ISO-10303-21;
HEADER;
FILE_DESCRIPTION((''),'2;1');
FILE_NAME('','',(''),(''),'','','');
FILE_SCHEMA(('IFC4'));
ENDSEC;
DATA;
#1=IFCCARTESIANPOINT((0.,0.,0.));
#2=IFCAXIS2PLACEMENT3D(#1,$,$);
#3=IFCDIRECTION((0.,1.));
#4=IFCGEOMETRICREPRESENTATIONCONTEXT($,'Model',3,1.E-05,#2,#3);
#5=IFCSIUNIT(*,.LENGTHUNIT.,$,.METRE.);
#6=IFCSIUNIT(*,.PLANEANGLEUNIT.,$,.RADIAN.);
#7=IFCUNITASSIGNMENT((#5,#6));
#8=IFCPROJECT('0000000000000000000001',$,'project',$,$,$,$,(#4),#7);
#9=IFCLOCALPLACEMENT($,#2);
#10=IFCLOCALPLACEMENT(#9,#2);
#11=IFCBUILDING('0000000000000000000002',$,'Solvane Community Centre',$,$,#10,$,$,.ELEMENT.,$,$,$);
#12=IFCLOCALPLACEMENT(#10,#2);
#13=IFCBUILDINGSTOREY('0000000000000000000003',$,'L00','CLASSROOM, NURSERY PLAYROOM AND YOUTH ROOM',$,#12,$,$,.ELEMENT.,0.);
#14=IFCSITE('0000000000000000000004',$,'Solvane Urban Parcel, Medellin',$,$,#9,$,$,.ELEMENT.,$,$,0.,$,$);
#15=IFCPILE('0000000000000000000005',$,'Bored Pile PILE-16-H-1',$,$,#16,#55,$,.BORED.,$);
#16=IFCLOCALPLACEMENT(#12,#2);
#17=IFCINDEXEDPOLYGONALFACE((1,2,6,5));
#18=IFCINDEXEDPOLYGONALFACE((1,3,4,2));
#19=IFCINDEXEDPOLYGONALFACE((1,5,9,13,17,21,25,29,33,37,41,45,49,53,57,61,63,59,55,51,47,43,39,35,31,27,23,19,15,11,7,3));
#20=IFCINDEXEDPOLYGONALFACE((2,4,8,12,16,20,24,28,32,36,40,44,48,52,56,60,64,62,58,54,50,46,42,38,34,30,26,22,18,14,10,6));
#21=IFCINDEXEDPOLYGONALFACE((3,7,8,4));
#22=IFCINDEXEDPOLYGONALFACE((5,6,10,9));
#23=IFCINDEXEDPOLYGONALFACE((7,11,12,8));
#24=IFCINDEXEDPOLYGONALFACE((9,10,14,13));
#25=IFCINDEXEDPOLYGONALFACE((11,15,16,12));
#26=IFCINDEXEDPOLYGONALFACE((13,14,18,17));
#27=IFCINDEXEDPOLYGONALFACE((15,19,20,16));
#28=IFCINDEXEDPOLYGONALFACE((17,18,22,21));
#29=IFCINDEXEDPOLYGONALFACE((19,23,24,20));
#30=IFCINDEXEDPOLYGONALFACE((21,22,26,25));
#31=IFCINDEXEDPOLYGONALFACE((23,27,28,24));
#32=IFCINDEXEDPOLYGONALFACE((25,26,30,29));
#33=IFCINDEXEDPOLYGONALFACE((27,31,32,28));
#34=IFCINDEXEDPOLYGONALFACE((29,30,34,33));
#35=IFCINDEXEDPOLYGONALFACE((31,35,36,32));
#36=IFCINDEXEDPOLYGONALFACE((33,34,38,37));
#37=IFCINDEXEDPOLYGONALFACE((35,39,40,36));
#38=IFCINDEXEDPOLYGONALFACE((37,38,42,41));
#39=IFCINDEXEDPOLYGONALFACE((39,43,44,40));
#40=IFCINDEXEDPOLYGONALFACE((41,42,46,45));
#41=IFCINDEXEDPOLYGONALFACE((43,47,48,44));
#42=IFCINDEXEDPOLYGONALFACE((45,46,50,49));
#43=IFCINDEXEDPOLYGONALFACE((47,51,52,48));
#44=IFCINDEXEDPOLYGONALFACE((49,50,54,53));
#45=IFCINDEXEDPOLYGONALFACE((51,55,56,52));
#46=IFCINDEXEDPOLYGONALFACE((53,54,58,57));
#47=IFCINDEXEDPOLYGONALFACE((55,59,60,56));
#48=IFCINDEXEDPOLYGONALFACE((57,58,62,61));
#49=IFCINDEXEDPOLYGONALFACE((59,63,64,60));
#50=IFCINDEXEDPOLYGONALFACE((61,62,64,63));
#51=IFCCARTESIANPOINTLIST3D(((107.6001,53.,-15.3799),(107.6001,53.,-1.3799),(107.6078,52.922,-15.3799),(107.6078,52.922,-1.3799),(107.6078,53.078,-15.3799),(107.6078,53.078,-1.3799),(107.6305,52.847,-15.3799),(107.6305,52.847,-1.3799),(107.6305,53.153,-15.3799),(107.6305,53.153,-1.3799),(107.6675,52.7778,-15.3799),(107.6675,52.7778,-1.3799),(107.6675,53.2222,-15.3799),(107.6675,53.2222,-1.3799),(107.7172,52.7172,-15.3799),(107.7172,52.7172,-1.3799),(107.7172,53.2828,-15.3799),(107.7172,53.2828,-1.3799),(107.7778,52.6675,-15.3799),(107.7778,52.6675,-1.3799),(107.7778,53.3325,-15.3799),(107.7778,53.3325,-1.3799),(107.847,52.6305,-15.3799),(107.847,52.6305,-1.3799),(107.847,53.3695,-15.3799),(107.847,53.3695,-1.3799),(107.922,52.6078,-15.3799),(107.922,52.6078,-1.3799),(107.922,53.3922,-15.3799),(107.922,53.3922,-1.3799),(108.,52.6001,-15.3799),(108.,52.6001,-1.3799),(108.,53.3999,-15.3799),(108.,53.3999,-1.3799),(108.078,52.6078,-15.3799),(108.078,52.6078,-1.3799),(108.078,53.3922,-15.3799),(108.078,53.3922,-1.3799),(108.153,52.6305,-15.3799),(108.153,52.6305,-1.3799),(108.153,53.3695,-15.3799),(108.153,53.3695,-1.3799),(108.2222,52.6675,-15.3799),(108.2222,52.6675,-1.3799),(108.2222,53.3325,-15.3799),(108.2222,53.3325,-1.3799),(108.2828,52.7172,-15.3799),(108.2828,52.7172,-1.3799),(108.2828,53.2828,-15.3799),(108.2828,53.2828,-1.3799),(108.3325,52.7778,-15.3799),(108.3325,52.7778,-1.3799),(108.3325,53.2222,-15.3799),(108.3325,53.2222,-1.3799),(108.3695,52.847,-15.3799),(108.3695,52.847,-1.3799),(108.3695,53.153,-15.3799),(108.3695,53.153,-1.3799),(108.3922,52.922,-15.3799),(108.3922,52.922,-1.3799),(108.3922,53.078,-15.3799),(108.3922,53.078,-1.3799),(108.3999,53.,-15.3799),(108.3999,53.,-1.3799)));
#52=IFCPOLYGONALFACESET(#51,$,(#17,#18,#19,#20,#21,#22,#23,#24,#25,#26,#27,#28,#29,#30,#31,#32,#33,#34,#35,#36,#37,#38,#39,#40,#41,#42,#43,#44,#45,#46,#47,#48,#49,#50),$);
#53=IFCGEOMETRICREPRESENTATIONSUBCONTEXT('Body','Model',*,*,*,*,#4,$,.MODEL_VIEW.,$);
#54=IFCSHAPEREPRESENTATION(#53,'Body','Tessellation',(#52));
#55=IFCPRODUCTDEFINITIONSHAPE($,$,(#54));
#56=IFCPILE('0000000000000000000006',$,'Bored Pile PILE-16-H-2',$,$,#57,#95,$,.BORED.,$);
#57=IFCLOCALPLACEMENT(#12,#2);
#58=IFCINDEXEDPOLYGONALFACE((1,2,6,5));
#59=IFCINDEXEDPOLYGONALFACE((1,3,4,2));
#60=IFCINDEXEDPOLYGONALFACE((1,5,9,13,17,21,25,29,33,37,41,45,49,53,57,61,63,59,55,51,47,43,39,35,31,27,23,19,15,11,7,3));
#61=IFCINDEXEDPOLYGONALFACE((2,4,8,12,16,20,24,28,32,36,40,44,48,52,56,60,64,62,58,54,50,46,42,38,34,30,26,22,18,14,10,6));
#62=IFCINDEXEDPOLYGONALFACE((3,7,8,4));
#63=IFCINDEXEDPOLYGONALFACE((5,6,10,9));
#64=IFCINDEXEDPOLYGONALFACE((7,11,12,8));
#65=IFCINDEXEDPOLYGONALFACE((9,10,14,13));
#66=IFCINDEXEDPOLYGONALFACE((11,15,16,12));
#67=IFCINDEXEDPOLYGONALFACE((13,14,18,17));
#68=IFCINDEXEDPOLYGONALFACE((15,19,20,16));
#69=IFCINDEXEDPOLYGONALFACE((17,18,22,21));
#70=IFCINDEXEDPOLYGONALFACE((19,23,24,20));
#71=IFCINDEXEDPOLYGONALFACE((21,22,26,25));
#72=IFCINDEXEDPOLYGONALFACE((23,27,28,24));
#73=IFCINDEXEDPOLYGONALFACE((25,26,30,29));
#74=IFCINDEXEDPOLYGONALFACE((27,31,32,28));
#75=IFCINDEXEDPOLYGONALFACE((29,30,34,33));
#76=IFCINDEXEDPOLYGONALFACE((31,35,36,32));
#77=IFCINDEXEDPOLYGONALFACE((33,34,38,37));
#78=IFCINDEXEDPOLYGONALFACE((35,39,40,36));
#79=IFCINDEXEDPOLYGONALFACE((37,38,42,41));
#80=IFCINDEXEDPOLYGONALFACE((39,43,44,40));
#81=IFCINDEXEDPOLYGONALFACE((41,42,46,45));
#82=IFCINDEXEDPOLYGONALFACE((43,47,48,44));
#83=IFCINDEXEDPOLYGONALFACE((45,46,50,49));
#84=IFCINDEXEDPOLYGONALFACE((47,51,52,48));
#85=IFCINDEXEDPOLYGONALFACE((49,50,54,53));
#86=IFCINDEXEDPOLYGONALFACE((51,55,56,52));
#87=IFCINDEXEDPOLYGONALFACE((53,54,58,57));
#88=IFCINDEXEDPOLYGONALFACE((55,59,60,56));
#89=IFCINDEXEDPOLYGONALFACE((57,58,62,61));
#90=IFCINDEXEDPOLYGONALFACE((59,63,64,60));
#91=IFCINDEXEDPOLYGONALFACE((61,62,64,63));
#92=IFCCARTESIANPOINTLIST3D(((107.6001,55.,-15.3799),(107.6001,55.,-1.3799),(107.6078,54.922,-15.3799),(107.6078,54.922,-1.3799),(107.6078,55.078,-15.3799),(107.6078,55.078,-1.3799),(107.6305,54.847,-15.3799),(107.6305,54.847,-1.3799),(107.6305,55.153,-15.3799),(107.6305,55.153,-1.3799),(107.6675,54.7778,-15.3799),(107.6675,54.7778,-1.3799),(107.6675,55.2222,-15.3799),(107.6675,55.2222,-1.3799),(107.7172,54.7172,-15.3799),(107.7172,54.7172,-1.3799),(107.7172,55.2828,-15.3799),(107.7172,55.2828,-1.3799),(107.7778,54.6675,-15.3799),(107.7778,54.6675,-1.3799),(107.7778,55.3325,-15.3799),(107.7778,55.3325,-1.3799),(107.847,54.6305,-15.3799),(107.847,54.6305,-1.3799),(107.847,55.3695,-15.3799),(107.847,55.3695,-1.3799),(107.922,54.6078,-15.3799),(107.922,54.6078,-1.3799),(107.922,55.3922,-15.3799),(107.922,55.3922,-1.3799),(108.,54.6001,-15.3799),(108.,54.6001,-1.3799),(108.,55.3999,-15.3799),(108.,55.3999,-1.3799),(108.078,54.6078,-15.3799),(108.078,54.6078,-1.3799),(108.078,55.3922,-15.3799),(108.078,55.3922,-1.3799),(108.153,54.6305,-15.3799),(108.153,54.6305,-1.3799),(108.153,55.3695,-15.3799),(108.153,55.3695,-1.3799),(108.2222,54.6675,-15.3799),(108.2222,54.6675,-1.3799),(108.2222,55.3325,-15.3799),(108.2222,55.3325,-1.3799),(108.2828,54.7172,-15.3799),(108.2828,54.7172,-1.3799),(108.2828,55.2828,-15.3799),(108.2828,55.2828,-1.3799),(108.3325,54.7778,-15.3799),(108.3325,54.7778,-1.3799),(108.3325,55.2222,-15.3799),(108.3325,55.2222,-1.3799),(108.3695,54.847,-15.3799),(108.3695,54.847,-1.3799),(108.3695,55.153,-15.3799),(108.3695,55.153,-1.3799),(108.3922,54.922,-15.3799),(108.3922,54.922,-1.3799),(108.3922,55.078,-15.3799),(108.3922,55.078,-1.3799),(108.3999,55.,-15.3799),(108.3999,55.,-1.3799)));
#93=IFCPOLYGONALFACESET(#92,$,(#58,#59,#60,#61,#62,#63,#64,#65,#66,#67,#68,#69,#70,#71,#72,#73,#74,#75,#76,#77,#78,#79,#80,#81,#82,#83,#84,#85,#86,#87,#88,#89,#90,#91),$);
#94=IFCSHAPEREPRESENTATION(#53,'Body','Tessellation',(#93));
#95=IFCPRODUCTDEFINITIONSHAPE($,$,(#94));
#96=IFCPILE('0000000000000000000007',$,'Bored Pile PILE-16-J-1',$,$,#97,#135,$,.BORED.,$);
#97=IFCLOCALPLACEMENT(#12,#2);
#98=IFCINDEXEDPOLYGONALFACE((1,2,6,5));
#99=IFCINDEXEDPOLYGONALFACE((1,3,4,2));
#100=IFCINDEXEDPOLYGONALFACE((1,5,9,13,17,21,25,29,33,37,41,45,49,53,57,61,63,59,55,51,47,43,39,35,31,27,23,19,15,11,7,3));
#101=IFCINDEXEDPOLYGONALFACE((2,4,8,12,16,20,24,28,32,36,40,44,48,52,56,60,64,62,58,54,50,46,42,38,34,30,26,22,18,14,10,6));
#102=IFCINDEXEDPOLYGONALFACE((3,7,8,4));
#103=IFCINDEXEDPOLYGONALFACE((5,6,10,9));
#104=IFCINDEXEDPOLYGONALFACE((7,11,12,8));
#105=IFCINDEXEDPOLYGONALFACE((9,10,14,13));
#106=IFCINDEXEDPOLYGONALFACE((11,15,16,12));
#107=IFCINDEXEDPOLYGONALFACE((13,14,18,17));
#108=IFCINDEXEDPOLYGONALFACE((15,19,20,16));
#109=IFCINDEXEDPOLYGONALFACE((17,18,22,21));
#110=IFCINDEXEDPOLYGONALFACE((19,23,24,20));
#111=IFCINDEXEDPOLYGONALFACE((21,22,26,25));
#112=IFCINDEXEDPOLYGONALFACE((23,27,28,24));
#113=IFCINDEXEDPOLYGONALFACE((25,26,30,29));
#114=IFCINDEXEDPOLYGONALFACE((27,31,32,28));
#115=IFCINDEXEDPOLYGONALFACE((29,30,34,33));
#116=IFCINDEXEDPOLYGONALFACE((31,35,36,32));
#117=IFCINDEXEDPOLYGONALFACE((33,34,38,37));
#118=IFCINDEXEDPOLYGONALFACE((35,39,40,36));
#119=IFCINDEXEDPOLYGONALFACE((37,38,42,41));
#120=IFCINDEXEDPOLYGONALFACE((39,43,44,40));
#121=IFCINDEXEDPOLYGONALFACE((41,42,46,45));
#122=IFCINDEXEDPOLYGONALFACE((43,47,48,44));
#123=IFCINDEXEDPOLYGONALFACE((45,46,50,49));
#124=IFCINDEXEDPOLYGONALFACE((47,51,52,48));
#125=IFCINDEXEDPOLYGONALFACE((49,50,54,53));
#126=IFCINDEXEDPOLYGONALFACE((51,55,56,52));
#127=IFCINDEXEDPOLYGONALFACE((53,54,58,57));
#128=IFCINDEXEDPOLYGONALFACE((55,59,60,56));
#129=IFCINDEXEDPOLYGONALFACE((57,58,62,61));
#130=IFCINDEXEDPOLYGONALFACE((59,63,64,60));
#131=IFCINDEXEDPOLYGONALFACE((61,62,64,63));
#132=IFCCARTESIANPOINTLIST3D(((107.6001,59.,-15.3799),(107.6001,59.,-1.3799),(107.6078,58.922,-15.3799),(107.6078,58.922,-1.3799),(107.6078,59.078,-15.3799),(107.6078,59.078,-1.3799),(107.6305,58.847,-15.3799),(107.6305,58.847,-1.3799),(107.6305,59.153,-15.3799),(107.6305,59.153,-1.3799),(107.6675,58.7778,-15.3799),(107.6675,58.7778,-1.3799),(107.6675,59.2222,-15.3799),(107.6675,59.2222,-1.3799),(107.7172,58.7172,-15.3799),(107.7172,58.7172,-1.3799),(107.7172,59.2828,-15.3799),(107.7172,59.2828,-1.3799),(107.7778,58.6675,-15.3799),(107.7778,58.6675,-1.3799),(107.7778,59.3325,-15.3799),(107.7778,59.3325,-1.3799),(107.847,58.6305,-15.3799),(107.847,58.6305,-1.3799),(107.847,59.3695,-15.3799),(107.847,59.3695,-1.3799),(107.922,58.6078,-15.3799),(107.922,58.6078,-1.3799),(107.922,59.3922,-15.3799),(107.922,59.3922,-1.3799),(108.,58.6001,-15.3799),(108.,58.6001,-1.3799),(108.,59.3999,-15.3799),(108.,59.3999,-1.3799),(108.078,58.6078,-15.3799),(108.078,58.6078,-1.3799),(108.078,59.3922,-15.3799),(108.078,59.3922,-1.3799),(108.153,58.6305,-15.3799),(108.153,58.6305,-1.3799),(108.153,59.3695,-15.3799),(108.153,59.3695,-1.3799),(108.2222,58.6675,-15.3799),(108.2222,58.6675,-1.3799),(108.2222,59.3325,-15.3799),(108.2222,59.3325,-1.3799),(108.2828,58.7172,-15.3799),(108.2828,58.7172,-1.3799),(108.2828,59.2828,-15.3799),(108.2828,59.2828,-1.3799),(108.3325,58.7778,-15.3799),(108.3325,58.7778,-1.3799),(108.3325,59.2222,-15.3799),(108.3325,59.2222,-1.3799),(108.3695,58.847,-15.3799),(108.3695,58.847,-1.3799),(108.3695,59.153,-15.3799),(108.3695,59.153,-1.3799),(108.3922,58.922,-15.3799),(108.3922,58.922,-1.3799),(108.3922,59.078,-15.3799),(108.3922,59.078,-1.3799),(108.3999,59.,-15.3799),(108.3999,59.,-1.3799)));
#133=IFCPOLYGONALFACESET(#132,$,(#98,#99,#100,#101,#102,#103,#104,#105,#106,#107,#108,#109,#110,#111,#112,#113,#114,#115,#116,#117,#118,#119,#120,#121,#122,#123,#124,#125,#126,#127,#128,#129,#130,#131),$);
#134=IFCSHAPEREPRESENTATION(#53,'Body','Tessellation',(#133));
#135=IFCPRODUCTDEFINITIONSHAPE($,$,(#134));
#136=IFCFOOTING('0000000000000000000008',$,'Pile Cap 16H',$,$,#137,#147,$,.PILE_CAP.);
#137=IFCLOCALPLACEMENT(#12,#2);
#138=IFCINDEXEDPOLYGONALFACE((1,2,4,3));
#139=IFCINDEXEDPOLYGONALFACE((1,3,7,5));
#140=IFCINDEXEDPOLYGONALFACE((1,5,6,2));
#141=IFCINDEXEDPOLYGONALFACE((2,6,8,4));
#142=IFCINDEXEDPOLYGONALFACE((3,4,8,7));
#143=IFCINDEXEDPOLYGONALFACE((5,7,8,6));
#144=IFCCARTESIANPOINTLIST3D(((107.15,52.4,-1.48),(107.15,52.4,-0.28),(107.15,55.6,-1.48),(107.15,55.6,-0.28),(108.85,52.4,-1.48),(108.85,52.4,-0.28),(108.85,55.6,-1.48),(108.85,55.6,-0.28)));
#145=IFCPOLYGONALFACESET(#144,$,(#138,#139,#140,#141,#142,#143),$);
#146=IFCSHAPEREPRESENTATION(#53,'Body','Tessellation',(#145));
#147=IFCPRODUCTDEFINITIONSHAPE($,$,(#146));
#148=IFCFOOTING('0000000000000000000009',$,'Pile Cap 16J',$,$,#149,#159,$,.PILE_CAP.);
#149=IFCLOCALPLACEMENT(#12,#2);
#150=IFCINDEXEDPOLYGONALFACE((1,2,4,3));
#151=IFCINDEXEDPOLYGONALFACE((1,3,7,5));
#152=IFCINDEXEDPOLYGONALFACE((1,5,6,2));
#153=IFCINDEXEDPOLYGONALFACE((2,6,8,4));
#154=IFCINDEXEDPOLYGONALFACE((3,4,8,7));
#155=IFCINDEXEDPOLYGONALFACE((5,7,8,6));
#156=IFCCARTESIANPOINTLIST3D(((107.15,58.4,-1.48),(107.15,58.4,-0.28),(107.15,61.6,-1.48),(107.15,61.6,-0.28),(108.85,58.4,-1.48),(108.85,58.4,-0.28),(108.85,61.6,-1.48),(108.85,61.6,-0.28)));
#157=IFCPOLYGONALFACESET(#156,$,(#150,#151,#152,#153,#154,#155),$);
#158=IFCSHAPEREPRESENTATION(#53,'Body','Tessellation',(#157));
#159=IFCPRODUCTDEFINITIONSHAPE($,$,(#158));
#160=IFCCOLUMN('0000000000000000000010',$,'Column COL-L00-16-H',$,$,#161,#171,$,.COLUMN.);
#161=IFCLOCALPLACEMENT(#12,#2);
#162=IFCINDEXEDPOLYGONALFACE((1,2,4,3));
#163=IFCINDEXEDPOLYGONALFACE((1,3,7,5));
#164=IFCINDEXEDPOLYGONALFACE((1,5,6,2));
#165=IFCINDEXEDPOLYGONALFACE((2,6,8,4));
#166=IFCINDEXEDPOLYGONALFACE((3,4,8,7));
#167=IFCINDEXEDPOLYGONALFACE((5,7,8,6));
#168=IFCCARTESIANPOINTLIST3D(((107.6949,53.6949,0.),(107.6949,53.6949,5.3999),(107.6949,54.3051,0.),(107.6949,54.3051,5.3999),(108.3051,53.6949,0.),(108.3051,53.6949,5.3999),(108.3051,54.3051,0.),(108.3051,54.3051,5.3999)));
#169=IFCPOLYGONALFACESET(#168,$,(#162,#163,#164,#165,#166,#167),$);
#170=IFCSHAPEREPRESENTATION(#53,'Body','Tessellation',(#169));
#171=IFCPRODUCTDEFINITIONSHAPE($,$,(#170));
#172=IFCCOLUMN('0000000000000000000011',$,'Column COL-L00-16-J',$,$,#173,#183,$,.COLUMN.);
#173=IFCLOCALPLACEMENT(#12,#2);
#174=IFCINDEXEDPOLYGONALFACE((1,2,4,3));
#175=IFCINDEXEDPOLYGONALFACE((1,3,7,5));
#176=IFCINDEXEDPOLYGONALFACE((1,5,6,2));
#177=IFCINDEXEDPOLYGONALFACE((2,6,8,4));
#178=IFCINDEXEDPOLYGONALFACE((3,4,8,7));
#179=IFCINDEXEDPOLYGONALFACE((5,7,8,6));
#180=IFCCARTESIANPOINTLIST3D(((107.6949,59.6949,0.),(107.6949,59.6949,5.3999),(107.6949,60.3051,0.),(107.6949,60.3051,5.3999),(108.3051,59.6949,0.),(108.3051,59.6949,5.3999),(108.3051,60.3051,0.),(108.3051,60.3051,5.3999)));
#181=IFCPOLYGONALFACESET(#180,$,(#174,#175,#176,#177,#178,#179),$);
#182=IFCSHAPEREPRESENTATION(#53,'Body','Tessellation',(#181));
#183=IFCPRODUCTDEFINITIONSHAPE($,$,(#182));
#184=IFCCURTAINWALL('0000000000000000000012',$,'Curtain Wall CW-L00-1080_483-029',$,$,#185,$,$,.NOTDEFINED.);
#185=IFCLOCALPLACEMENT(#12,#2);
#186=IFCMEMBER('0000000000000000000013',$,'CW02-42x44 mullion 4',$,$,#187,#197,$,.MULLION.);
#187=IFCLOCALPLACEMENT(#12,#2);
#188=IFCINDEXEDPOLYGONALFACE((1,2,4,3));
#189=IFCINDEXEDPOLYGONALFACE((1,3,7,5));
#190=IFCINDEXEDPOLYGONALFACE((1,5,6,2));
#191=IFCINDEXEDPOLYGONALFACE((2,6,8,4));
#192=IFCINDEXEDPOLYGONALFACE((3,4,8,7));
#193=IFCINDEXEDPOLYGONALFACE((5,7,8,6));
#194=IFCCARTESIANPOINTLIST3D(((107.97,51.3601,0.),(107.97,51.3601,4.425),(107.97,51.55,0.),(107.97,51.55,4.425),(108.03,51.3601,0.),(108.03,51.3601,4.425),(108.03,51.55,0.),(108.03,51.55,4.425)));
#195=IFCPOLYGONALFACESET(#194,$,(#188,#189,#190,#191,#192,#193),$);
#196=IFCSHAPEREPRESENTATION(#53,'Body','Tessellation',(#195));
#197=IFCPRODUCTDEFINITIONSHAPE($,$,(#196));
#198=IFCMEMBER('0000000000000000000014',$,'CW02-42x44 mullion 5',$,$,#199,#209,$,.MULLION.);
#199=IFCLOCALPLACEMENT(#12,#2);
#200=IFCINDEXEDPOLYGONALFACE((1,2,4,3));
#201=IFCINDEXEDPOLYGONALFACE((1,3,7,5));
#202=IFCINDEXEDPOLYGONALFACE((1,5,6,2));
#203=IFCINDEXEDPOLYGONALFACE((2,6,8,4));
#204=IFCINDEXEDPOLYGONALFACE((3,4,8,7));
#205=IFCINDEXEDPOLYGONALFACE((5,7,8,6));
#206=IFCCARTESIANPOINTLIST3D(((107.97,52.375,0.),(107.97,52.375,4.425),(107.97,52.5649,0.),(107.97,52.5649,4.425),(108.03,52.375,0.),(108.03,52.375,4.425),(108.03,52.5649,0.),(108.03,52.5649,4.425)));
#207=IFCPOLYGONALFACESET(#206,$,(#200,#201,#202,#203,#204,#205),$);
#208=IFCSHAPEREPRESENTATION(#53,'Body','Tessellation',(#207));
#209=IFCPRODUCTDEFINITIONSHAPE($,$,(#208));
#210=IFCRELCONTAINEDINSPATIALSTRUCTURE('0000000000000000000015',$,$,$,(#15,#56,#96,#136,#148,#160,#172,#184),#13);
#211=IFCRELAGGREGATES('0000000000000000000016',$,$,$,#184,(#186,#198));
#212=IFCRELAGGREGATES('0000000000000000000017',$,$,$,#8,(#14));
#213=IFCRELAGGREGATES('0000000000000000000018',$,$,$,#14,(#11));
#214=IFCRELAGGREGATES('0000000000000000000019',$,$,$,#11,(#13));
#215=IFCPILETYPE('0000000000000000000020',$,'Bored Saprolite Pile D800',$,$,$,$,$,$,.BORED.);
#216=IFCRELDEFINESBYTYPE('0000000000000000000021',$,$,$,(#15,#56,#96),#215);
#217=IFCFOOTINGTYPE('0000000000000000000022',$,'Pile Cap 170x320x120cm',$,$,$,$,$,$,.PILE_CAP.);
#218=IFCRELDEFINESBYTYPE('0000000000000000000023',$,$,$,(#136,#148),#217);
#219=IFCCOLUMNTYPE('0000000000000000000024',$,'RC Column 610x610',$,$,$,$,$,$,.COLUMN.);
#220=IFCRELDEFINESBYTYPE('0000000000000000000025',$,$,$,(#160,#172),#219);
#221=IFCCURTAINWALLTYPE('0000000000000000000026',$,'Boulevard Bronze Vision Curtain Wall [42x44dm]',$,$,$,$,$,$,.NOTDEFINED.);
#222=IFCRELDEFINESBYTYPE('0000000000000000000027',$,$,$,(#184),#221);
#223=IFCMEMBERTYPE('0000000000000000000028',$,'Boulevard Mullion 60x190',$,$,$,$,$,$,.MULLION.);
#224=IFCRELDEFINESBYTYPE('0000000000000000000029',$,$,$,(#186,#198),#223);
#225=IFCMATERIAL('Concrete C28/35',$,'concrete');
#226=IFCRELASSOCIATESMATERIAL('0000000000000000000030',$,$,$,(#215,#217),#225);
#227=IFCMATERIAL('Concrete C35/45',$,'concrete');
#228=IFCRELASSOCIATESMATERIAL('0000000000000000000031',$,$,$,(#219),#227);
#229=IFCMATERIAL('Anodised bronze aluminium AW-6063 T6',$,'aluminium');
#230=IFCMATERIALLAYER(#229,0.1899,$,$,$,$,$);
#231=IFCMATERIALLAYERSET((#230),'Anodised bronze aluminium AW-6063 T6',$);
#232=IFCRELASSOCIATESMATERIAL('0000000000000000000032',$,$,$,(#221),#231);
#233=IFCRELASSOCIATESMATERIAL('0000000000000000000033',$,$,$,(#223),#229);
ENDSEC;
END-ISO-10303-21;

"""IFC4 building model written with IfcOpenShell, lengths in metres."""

from ifc_helpers import new_model, si_unit, direction, frame, origin, origin_2d, place, context, subcontext, project, spatial, rectangle, circle, extrude, material, layer, layer_set, material_profile, profile_set, type_object, element, aggregate, save


model = new_model("IFC4")

# Units and contexts
model_context = context("Model", 3, precision=1e-05, world=origin(), true_north=direction((0.0, 1.0)))
body_context = subcontext(model_context, "Body", "Model", "MODEL_VIEW")
ifc_project = project(units=[si_unit("LENGTHUNIT", "METRE"), si_unit("PLANEANGLEUNIT", "RADIAN")], contexts=[model_context])

# Site, building, storey
site_placement = place(None, origin())
site = spatial("IfcSite", under=ifc_project, at=site_placement, Name="Solvane Urban Parcel, Medellin", CompositionType="ELEMENT", RefElevation=0.0)
building_placement = place(site_placement, origin())
building = spatial("IfcBuilding", under=site, at=building_placement, Name="Solvane Community Centre", CompositionType="ELEMENT")
storey_placement = place(building_placement, origin())
storey = spatial("IfcBuildingStorey", under=building, at=storey_placement, Name="L00", Description="CLASSROOM, NURSERY PLAYROOM AND YOUTH ROOM", CompositionType="ELEMENT", Elevation=0.0)

# Piles
ifc_material_1 = material(Name="Concrete C28/35", Category="concrete")
ifc_material_profile_1 = material_profile(ifc_material_1, circle(Radius=0.3999, at=origin_2d()), Name="PILE D800")
ifc_profile_set_1 = profile_set([ifc_material_profile_1], Name="Concrete C28/35")
pile_type = type_object("IfcPileType", Name="Bored Saprolite Pile D800", PredefinedType="BORED", material=ifc_profile_set_1)
for number, where, z_axis, x_axis, name in (
    (1, (108.0, 53.0, -1.3799), (0.0, 0.0, -1.0), (1.0, 0.0, 0.0), "Bored Pile PILE-16-H-1"),
    (2, (108.0, 55.0, -1.3799), (0.0, 0.0, -1.0), (1.0, 0.0, 0.0), "Bored Pile PILE-16-H-2"),
    (3, (108.0, 59.0, -1.3799), (0.0, 0.0, -1.0), (1.0, 0.0, 0.0), "Bored Pile PILE-16-J-1"),
):
    element("IfcPile", number, at=place(storey_placement, frame(where, z_axis=z_axis, x_axis=x_axis)), inside=storey, type_object=pile_type, Name=name, PredefinedType="BORED", context=body_context, shape_type="SweptSolid", body=[
        extrude(circle(Radius=0.3999, at=origin_2d()), origin(), (0.0, 0.0, 1.0), 14.0),
    ])

# Footings
footing_type = type_object("IfcFootingType", Name="Pile Cap 170x320x120cm", PredefinedType="PILE_CAP", material=ifc_material_1)
for number, where, z_axis, x_axis, name in (
    (4, (108.0, 54.0, -1.48), (0.0, 0.0, 1.0), (1.0, 0.0, 0.0), "Pile Cap 16H"),
    (5, (108.0, 60.0, -1.48), (0.0, 0.0, 1.0), (1.0, 0.0, 0.0), "Pile Cap 16J"),
):
    element("IfcFooting", number, at=place(storey_placement, frame(where, z_axis=z_axis, x_axis=x_axis)), inside=storey, type_object=footing_type, Name=name, PredefinedType="PILE_CAP", context=body_context, shape_type="SweptSolid", body=[
        extrude(rectangle(XDim=1.7, YDim=3.2, at=origin_2d()), origin(), (0.0, 0.0, 1.0), 1.2),
    ])

# Columns
ifc_material_2 = material(Name="Concrete C35/45", Category="concrete")
ifc_material_profile_2 = material_profile(ifc_material_2, rectangle(XDim=0.6101, YDim=0.6101, at=origin_2d()), Name="RC 610x610")
ifc_profile_set_2 = profile_set([ifc_material_profile_2], Name="Concrete C35/45")
column_type = type_object("IfcColumnType", Name="RC Column 610x610", PredefinedType="COLUMN", material=ifc_profile_set_2)
for number, where, z_axis, x_axis, name in (
    (6, (108.0, 54.0, 0.0), (0.0, 0.0, 1.0), (1.0, 0.0, 0.0), "Column COL-L00-16-H"),
    (7, (108.0, 60.0, 0.0), (0.0, 0.0, 1.0), (1.0, 0.0, 0.0), "Column COL-L00-16-J"),
):
    element("IfcColumn", number, at=place(storey_placement, frame(where, z_axis=z_axis, x_axis=x_axis)), inside=storey, type_object=column_type, Name=name, PredefinedType="COLUMN", context=body_context, shape_type="SweptSolid", body=[
        extrude(rectangle(XDim=0.6101, YDim=0.6101, at=origin_2d()), origin(), (0.0, 0.0, 1.0), 5.3999),
    ])

# Curtain wall, members
ifc_material_3 = material(Name="Anodised bronze aluminium AW-6063 T6", Category="aluminium")
ifc_layer_1 = layer(ifc_material_3, 0.1899)
ifc_layer_set_1 = layer_set([ifc_layer_1], Name="Anodised bronze aluminium AW-6063 T6")
curtain_wall_type = type_object("IfcCurtainWallType", Name="Boulevard Bronze Vision Curtain Wall [42x44dm]", PredefinedType="NOTDEFINED", material=ifc_layer_set_1)
curtain_wall_placement = place(storey_placement, origin())
curtain_wall = element("IfcCurtainWall", 8, at=curtain_wall_placement, inside=storey, type_object=curtain_wall_type, Name="Curtain Wall CW-L00-1080_483-029", PredefinedType="NOTDEFINED")
ifc_material_profile_3 = material_profile(ifc_material_3, rectangle(XDim=0.0601, YDim=0.1899, at=origin_2d()), Name="CW-M 60x190")
ifc_profile_set_3 = profile_set([ifc_material_profile_3], Name="Anodised bronze aluminium AW-6063 T6")
member_type_1 = type_object("IfcMemberType", Name="Boulevard Mullion 60x190", PredefinedType="MULLION", material=ifc_profile_set_3)
member_1_placement = place(storey_placement, frame((108.0, 51.4551, 0.0), z_axis=(0.0, 0.0, 1.0), x_axis=(-1.0, 0.0, 0.0)))
member_1 = element("IfcMember", 9, at=member_1_placement, type_object=member_type_1, Name="CW02-42x44 mullion 4", PredefinedType="MULLION", context=body_context, shape_type="SweptSolid", body=[
    extrude(rectangle(XDim=0.0601, YDim=0.1899, at=origin_2d()), origin(), (0.0, 0.0, 1.0), 4.425),
])
member_2_placement = place(storey_placement, frame((108.0, 52.47, 0.0), z_axis=(0.0, 0.0, 1.0), x_axis=(-1.0, 0.0, 0.0)))
member_2 = element("IfcMember", 10, at=member_2_placement, type_object=member_type_1, Name="CW02-42x44 mullion 5", PredefinedType="MULLION", context=body_context, shape_type="SweptSolid", body=[
    extrude(rectangle(XDim=0.0601, YDim=0.1899, at=origin_2d()), origin(), (0.0, 0.0, 1.0), 4.425),
])
aggregate(curtain_wall, [member_1, member_2])

save(model, "model.ifc")
